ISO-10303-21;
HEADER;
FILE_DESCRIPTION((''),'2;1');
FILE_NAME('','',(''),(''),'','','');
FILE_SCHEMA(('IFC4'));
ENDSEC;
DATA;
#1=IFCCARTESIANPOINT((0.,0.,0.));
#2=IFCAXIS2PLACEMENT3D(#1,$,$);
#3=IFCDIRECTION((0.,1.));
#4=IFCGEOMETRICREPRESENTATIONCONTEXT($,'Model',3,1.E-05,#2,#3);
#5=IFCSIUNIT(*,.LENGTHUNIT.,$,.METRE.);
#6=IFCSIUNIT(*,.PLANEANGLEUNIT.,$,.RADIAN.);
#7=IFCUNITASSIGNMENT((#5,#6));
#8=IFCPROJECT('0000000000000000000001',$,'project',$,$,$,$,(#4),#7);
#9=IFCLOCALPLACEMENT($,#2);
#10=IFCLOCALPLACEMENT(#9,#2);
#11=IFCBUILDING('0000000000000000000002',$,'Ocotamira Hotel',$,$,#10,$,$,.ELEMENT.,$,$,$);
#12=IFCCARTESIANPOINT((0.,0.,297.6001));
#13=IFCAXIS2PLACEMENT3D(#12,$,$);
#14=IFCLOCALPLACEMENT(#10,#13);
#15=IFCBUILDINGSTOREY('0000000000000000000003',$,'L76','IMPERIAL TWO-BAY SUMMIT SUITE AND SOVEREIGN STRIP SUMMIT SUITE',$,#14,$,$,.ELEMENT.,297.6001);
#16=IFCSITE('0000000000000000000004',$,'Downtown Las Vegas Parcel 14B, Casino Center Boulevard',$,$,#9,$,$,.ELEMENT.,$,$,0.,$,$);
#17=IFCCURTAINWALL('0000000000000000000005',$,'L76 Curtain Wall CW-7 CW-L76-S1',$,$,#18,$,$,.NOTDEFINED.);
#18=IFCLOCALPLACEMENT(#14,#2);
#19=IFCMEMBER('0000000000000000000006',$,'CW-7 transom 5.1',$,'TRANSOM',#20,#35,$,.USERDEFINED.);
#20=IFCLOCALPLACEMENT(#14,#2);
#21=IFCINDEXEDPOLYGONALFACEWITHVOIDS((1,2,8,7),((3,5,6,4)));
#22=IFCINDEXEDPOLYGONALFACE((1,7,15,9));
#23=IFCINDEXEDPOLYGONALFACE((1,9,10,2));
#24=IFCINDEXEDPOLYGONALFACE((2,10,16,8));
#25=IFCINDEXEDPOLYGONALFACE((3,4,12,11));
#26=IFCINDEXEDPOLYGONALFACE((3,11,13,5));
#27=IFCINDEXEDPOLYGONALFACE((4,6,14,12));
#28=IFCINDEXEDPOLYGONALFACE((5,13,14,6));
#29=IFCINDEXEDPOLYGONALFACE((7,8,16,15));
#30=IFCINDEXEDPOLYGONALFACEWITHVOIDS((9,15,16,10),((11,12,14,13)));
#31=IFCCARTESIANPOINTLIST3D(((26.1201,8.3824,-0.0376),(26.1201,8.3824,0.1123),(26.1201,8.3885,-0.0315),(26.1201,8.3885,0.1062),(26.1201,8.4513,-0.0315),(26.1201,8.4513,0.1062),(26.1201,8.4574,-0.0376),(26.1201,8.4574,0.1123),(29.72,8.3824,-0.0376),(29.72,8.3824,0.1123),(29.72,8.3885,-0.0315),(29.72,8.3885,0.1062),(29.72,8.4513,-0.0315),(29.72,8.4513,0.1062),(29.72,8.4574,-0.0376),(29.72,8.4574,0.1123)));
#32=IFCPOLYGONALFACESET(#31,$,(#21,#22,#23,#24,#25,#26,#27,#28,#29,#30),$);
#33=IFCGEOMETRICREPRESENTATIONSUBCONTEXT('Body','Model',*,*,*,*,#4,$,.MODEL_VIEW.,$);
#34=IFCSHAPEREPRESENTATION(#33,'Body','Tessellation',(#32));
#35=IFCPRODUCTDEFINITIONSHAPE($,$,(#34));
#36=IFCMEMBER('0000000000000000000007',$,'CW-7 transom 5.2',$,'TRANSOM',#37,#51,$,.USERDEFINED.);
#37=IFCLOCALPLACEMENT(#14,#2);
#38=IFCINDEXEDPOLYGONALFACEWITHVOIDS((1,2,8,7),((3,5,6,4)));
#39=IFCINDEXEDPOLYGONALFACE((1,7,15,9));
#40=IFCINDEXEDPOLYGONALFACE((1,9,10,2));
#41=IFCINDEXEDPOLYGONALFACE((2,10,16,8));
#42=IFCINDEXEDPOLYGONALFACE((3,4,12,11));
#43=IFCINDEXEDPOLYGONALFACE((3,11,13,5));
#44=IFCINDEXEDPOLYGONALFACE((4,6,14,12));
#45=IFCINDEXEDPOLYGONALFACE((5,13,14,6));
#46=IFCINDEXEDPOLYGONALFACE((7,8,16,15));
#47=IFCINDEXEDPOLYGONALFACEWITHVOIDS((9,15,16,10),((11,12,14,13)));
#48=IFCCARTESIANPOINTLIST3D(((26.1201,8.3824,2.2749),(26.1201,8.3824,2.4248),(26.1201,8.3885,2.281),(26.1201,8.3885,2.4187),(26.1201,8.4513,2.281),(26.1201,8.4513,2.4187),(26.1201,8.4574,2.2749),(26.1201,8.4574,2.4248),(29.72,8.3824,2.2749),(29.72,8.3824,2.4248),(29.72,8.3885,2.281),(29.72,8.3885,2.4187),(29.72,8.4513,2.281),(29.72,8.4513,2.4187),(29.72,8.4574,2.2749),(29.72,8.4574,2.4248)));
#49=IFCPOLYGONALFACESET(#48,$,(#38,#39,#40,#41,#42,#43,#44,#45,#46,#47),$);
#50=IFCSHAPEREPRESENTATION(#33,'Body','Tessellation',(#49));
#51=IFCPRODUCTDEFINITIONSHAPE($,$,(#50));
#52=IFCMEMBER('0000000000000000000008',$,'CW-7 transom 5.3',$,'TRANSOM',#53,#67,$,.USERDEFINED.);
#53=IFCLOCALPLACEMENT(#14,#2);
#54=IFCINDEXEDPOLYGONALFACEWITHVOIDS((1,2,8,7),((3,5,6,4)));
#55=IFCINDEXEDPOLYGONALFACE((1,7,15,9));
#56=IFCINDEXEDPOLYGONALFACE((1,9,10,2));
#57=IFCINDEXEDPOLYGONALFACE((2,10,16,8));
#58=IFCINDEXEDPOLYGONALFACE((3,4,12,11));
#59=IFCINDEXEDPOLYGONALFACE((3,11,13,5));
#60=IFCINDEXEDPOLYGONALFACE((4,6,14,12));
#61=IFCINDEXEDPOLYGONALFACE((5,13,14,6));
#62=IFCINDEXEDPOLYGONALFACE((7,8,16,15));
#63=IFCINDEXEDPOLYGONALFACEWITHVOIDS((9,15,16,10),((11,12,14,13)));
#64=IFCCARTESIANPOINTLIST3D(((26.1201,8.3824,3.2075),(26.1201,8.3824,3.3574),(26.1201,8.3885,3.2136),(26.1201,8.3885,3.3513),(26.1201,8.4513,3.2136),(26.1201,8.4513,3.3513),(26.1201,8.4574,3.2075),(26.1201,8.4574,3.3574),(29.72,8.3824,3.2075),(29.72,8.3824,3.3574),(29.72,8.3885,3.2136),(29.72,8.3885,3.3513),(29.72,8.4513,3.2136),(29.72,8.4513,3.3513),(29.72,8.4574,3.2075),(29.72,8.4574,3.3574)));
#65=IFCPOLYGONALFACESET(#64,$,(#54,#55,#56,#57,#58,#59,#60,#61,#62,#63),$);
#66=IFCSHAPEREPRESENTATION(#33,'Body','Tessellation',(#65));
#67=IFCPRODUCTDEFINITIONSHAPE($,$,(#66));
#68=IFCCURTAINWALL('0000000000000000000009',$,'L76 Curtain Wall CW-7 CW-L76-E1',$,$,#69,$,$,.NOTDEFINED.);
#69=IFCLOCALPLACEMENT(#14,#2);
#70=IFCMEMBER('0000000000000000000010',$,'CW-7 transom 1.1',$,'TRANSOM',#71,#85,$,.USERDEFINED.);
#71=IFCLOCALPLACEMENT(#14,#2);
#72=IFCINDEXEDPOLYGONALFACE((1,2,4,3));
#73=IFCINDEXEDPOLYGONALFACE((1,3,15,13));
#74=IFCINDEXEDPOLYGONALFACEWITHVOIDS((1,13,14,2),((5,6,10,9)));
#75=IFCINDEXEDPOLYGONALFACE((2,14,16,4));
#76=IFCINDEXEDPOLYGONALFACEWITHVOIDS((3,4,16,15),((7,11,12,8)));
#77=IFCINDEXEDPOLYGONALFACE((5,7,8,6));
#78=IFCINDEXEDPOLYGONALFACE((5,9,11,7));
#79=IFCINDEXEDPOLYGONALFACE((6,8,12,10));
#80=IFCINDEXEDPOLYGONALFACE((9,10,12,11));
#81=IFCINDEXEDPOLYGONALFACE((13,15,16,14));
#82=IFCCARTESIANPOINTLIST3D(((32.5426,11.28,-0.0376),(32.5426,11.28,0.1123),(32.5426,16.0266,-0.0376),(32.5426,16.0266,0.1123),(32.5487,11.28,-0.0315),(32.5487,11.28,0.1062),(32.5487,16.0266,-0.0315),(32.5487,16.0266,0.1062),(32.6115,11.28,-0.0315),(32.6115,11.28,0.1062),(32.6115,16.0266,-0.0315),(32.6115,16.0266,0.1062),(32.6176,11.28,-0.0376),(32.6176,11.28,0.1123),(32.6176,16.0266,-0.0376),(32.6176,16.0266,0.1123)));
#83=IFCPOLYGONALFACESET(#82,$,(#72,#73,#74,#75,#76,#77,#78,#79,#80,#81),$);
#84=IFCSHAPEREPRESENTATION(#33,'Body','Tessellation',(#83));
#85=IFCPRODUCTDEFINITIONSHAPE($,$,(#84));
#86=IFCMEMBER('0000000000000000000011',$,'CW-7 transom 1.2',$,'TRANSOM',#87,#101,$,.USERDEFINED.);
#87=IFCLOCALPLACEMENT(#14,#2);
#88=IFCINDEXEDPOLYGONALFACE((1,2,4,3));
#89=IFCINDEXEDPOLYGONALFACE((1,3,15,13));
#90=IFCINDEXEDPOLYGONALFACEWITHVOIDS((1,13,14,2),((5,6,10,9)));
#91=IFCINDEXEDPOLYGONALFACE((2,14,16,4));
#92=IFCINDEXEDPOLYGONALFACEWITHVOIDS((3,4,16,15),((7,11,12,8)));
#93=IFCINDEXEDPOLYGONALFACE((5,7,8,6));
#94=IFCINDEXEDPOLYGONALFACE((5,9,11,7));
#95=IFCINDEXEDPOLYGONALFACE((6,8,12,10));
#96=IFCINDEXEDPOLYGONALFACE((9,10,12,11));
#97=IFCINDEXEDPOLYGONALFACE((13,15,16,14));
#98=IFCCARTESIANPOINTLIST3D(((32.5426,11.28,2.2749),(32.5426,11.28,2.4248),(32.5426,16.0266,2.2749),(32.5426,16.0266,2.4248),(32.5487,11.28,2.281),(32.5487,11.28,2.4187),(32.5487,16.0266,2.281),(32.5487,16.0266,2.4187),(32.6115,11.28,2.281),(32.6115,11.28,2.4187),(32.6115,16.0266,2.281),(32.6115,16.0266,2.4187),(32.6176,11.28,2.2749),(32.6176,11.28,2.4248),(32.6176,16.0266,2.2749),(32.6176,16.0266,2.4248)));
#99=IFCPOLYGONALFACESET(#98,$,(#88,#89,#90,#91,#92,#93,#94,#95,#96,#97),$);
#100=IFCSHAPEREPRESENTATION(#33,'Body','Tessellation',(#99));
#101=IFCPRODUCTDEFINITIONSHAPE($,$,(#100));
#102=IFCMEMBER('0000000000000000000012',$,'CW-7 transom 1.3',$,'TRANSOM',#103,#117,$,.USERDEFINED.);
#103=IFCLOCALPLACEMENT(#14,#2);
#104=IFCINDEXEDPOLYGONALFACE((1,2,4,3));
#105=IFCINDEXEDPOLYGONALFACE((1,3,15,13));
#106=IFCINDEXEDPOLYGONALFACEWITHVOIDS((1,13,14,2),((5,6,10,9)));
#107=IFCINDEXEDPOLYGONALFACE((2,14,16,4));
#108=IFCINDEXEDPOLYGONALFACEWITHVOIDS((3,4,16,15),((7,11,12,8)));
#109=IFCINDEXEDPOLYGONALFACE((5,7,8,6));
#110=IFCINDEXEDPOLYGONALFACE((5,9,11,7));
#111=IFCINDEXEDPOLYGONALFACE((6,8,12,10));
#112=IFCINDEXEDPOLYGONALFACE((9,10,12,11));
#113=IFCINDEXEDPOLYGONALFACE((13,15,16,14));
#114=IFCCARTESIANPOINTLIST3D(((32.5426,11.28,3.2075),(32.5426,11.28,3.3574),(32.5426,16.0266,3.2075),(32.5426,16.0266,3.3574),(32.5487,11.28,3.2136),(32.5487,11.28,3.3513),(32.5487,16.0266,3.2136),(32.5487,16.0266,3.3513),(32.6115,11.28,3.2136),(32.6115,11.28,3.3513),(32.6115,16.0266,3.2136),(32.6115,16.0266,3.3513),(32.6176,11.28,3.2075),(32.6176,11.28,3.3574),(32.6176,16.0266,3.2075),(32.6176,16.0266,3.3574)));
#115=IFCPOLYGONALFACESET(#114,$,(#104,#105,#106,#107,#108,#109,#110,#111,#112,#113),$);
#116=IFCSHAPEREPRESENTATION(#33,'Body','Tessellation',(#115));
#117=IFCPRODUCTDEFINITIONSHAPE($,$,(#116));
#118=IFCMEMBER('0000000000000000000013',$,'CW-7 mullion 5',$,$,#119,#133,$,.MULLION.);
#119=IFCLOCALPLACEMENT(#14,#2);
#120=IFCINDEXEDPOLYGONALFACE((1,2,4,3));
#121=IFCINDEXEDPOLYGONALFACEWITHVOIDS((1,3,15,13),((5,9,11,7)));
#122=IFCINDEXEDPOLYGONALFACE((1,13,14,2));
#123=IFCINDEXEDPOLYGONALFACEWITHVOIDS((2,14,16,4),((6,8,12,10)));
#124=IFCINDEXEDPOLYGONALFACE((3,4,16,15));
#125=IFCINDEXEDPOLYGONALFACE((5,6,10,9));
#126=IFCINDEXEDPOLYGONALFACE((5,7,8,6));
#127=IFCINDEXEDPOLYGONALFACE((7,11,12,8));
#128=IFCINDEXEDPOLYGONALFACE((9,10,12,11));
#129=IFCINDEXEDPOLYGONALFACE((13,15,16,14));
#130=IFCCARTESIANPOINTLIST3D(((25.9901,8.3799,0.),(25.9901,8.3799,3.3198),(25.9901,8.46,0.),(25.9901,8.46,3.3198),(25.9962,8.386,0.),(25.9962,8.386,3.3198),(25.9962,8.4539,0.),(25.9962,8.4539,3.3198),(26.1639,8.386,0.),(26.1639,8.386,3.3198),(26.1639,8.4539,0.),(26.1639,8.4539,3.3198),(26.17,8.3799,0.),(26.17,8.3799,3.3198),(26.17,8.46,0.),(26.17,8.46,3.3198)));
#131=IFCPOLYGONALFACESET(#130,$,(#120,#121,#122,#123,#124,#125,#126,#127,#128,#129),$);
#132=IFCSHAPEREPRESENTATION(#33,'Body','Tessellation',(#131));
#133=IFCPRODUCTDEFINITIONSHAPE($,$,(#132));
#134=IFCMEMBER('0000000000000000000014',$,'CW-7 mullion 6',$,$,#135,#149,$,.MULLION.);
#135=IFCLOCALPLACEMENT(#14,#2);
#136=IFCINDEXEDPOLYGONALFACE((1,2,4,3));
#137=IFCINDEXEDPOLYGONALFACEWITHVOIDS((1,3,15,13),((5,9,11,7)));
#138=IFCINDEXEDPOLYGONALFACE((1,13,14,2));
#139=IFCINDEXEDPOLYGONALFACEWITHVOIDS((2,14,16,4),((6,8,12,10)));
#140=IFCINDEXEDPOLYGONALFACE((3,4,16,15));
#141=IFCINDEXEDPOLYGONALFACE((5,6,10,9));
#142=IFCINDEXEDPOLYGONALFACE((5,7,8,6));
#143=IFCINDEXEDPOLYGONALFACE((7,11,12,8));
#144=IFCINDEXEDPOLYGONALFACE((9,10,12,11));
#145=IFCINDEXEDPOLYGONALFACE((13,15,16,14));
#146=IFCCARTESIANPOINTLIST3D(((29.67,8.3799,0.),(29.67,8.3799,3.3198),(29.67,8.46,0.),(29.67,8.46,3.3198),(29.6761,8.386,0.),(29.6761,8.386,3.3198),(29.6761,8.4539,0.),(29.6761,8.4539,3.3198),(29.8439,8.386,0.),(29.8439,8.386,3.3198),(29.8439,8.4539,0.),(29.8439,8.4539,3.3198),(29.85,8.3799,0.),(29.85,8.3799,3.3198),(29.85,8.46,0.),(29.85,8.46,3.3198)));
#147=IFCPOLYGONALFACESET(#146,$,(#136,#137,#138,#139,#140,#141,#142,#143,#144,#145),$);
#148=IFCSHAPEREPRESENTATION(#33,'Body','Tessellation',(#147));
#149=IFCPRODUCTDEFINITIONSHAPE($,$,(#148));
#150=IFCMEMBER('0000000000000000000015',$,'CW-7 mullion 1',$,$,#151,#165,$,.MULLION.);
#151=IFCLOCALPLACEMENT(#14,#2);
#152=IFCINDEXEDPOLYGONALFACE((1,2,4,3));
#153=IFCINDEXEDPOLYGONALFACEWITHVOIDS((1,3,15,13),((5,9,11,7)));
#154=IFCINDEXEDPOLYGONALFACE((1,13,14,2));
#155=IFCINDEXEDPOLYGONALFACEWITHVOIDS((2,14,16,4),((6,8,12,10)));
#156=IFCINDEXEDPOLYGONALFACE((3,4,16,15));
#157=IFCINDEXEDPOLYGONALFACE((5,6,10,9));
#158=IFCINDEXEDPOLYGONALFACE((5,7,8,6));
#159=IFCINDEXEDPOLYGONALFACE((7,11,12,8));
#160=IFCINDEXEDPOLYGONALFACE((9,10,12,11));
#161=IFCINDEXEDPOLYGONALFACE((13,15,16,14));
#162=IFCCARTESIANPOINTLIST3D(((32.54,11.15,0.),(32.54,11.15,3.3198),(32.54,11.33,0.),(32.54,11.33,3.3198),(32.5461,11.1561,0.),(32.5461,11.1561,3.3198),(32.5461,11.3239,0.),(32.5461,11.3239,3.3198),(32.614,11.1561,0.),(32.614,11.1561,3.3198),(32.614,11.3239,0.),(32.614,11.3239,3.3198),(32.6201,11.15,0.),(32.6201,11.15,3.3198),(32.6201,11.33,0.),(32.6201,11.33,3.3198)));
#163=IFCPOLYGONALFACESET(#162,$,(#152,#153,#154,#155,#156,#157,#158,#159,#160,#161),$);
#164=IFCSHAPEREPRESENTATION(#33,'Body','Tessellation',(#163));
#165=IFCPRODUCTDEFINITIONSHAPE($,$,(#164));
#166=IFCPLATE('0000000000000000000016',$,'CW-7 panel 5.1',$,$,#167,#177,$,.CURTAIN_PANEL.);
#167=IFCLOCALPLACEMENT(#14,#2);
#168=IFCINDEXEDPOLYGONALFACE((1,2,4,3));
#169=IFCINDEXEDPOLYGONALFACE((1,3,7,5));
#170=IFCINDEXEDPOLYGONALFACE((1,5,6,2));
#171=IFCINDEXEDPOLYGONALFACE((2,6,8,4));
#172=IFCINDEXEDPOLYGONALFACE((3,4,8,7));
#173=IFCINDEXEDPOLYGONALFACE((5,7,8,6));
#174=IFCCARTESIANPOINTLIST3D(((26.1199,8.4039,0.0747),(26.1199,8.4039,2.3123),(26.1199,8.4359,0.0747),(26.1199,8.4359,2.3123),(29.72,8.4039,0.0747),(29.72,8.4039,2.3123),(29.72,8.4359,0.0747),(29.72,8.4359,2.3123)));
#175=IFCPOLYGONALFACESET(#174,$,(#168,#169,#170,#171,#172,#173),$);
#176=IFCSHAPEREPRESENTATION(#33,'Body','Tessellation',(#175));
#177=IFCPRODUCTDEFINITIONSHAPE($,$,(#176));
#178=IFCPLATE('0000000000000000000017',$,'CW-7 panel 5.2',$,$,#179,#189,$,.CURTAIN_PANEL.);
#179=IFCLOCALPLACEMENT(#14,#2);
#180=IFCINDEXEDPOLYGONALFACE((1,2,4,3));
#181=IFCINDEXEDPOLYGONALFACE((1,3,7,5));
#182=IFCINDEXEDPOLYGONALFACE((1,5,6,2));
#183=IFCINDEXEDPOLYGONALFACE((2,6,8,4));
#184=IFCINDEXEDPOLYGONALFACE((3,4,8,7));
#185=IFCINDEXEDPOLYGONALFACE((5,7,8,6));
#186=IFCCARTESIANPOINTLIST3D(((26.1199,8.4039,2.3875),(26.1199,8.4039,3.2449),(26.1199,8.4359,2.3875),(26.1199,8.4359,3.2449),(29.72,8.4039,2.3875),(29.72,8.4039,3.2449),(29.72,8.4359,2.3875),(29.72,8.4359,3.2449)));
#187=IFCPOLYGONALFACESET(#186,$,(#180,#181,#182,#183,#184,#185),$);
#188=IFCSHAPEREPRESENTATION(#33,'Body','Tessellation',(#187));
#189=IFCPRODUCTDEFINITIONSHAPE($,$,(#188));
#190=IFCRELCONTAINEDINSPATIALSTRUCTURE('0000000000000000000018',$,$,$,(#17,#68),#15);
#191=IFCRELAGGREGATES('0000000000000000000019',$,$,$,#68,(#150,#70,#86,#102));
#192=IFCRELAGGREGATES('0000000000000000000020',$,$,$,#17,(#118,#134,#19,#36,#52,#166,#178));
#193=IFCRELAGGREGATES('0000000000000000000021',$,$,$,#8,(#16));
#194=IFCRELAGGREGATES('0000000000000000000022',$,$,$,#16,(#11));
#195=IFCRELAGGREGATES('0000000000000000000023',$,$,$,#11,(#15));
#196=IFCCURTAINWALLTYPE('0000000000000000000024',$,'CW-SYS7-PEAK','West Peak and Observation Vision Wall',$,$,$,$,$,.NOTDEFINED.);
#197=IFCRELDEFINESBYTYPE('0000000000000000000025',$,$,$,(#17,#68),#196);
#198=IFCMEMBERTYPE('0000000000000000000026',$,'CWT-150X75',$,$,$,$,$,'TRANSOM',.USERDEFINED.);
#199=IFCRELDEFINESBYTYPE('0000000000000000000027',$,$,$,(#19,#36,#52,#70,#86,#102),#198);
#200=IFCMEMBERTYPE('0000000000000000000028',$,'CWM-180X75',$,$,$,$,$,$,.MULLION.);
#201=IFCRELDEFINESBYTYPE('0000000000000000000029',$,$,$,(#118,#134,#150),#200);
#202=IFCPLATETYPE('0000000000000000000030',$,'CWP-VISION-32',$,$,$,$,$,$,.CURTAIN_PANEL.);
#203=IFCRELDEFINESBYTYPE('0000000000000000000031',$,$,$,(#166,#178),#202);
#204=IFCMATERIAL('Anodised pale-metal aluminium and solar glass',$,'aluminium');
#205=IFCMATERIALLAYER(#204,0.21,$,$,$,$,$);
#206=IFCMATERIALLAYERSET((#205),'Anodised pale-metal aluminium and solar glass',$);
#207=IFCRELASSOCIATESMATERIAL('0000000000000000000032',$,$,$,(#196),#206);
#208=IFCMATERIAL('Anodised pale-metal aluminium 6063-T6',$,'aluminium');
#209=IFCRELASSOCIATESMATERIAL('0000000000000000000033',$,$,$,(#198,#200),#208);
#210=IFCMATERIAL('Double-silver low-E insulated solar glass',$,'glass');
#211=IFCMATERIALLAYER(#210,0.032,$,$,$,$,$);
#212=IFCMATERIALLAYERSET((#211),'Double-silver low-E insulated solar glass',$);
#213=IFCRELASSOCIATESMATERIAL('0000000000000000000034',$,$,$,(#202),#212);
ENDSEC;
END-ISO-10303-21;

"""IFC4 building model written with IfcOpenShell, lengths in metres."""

from ifc_helpers import new_model, si_unit, direction, frame, origin, origin_2d, place, context, subcontext, project, spatial, rectangle, hollow_rectangle, extrude, source, transform, mapped, material, layer, layer_set, material_profile, profile_set, type_object, element, aggregate, save


model = new_model("IFC4")

# Units and contexts
model_context = context("Model", 3, precision=1e-05, world=origin(), true_north=direction((0.0, 1.0)))
body_context = subcontext(model_context, "Body", "Model", "MODEL_VIEW")
ifc_project = project(units=[si_unit("LENGTHUNIT", "METRE"), si_unit("PLANEANGLEUNIT", "RADIAN")], contexts=[model_context])

# Site, building, storey
site_placement = place(None, origin())
site = spatial("IfcSite", under=ifc_project, at=site_placement, Name="Downtown Las Vegas Parcel 14B, Casino Center Boulevard", CompositionType="ELEMENT", RefElevation=0.0)
building_placement = place(site_placement, origin())
building = spatial("IfcBuilding", under=site, at=building_placement, Name="Ocotamira Hotel", CompositionType="ELEMENT")
storey_placement = place(building_placement, frame((0.0, 0.0, 297.6001)))
storey = spatial("IfcBuildingStorey", under=building, at=storey_placement, Name="L76", Description="IMPERIAL TWO-BAY SUMMIT SUITE AND SOVEREIGN STRIP SUMMIT SUITE", CompositionType="ELEMENT", Elevation=297.6001)

# Curtain walls, members
ifc_material_1 = material(Name="Anodised pale-metal aluminium and solar glass", Category="aluminium")
ifc_layer_1 = layer(ifc_material_1, 0.21)
ifc_layer_set_1 = layer_set([ifc_layer_1], Name="Anodised pale-metal aluminium and solar glass")
curtain_wall_type = type_object("IfcCurtainWallType", Name="CW-SYS7-PEAK", Description="West Peak and Observation Vision Wall", PredefinedType="NOTDEFINED", material=ifc_layer_set_1)
curtain_wall_1_placement = place(storey_placement, origin())
curtain_wall_1 = element("IfcCurtainWall", 1, at=curtain_wall_1_placement, inside=storey, type_object=curtain_wall_type, Name="L76 Curtain Wall CW-7 CW-L76-S1", PredefinedType="NOTDEFINED")
ifc_material_2 = material(Name="Anodised pale-metal aluminium 6063-T6", Category="aluminium")
ifc_material_profile_1 = material_profile(ifc_material_2, hollow_rectangle(XDim=0.075, YDim=0.1499, WallThickness=0.0061, at=origin_2d()), Name="HSS150X75X6")
ifc_profile_set_1 = profile_set([ifc_material_profile_1], Name="Anodised pale-metal aluminium 6063-T6")
member_type_1 = type_object("IfcMemberType", Name="CWT-150X75", ElementType="TRANSOM", PredefinedType="USERDEFINED", material=ifc_profile_set_1)
shared_shape_1 = source(origin(), body_context, "Body", "SweptSolid", [
    extrude(hollow_rectangle(XDim=0.075, YDim=0.1499, WallThickness=0.0061, at=origin_2d()), origin(), (0.0, 0.0, 1.0), 3.5999),
])
member_1_placement = place(storey_placement, frame((26.1201, 8.4199, 0.0374), z_axis=(1.0, 0.0, 0.0), x_axis=(0.0, 1.0, 0.0)))
member_1 = element("IfcMember", 2, at=member_1_placement, type_object=member_type_1, Name="CW-7 transom 5.1", ObjectType="TRANSOM", PredefinedType="USERDEFINED", context=body_context, shape_type="MappedRepresentation", body=[
    mapped(shared_shape_1, transform((0.0, 0.0, 0.0), scale=1.0)),
])
member_2_placement = place(storey_placement, frame((26.1201, 8.4199, 2.3499), z_axis=(1.0, 0.0, 0.0), x_axis=(0.0, 1.0, 0.0)))
member_2 = element("IfcMember", 3, at=member_2_placement, type_object=member_type_1, Name="CW-7 transom 5.2", ObjectType="TRANSOM", PredefinedType="USERDEFINED", context=body_context, shape_type="MappedRepresentation", body=[
    mapped(shared_shape_1, transform((0.0, 0.0, 0.0), scale=1.0)),
])
member_3_placement = place(storey_placement, frame((26.1201, 8.4199, 3.2825), z_axis=(1.0, 0.0, 0.0), x_axis=(0.0, 1.0, 0.0)))
member_3 = element("IfcMember", 4, at=member_3_placement, type_object=member_type_1, Name="CW-7 transom 5.3", ObjectType="TRANSOM", PredefinedType="USERDEFINED", context=body_context, shape_type="MappedRepresentation", body=[
    mapped(shared_shape_1, transform((0.0, 0.0, 0.0), scale=1.0)),
])
curtain_wall_2_placement = place(storey_placement, origin())
curtain_wall_2 = element("IfcCurtainWall", 5, at=curtain_wall_2_placement, inside=storey, type_object=curtain_wall_type, Name="L76 Curtain Wall CW-7 CW-L76-E1", PredefinedType="NOTDEFINED")
shared_shape_2 = source(origin(), body_context, "Body", "SweptSolid", [
    extrude(hollow_rectangle(XDim=0.075, YDim=0.1499, WallThickness=0.0061, at=origin_2d()), origin(), (0.0, 0.0, 1.0), 4.7466),
])
member_4_placement = place(storey_placement, frame((32.5801, 11.28, 0.0374), z_axis=(0.0, 1.0, 0.0), x_axis=(-1.0, 0.0, 0.0)))
member_4 = element("IfcMember", 6, at=member_4_placement, type_object=member_type_1, Name="CW-7 transom 1.1", ObjectType="TRANSOM", PredefinedType="USERDEFINED", context=body_context, shape_type="MappedRepresentation", body=[
    mapped(shared_shape_2, transform((0.0, 0.0, 0.0), scale=1.0)),
])
member_5_placement = place(storey_placement, frame((32.5801, 11.28, 2.3499), z_axis=(0.0, 1.0, 0.0), x_axis=(-1.0, 0.0, 0.0)))
member_5 = element("IfcMember", 7, at=member_5_placement, type_object=member_type_1, Name="CW-7 transom 1.2", ObjectType="TRANSOM", PredefinedType="USERDEFINED", context=body_context, shape_type="MappedRepresentation", body=[
    mapped(shared_shape_2, transform((0.0, 0.0, 0.0), scale=1.0)),
])
member_6_placement = place(storey_placement, frame((32.5801, 11.28, 3.2825), z_axis=(0.0, 1.0, 0.0), x_axis=(-1.0, 0.0, 0.0)))
member_6 = element("IfcMember", 8, at=member_6_placement, type_object=member_type_1, Name="CW-7 transom 1.3", ObjectType="TRANSOM", PredefinedType="USERDEFINED", context=body_context, shape_type="MappedRepresentation", body=[
    mapped(shared_shape_2, transform((0.0, 0.0, 0.0), scale=1.0)),
])

# Members
ifc_material_profile_2 = material_profile(ifc_material_2, hollow_rectangle(XDim=0.0801, YDim=0.1799, WallThickness=0.0061, at=origin_2d()), Name="HSS180X80X6")
ifc_profile_set_2 = profile_set([ifc_material_profile_2], Name="Anodised pale-metal aluminium 6063-T6")
member_type_2 = type_object("IfcMemberType", Name="CWM-180X75", PredefinedType="MULLION", material=ifc_profile_set_2)
shared_shape_3 = source(origin(), body_context, "Body", "SweptSolid", [
    extrude(hollow_rectangle(XDim=0.0801, YDim=0.1799, WallThickness=0.0061, at=origin_2d()), origin(), (0.0, 0.0, 1.0), 3.3198),
])
member_7_placement = place(storey_placement, frame((26.0801, 8.4199, 0.0), z_axis=(0.0, 0.0, 1.0), x_axis=(0.0, 1.0, 0.0)))
member_7 = element("IfcMember", 9, at=member_7_placement, type_object=member_type_2, Name="CW-7 mullion 5", PredefinedType="MULLION", context=body_context, shape_type="MappedRepresentation", body=[
    mapped(shared_shape_3, transform((0.0, 0.0, 0.0), scale=1.0)),
])
member_8_placement = place(storey_placement, frame((29.76, 8.4199, 0.0), z_axis=(0.0, 0.0, 1.0), x_axis=(0.0, 1.0, 0.0)))
member_8 = element("IfcMember", 10, at=member_8_placement, type_object=member_type_2, Name="CW-7 mullion 6", PredefinedType="MULLION", context=body_context, shape_type="MappedRepresentation", body=[
    mapped(shared_shape_3, transform((0.0, 0.0, 0.0), scale=1.0)),
])
member_9_placement = place(storey_placement, frame((32.5801, 11.24, 0.0), z_axis=(0.0, 0.0, 1.0), x_axis=(-1.0, 0.0, 0.0)))
member_9 = element("IfcMember", 11, at=member_9_placement, type_object=member_type_2, Name="CW-7 mullion 1", PredefinedType="MULLION", context=body_context, shape_type="MappedRepresentation", body=[
    mapped(shared_shape_3, transform((0.0, 0.0, 0.0), scale=1.0)),
])
aggregate(curtain_wall_2, [member_9, member_4, member_5, member_6])

# Plates
ifc_material_3 = material(Name="Double-silver low-E insulated solar glass", Category="glass")
ifc_layer_2 = layer(ifc_material_3, 0.032)
ifc_layer_set_2 = layer_set([ifc_layer_2], Name="Double-silver low-E insulated solar glass")
plate_type = type_object("IfcPlateType", Name="CWP-VISION-32", PredefinedType="CURTAIN_PANEL", material=ifc_layer_set_2)
shared_shape_4 = source(origin(), body_context, "Body", "SweptSolid", [
    extrude(rectangle(XDim=3.6001, YDim=0.032, at=origin_2d()), origin(), (0.0, 0.0, 1.0), 2.2375),
])
plate_1_placement = place(storey_placement, frame((27.9199, 8.4199, 0.0747), z_axis=(0.0, 0.0, 1.0), x_axis=(1.0, 0.0, 0.0)))
plate_1 = element("IfcPlate", 12, at=plate_1_placement, type_object=plate_type, Name="CW-7 panel 5.1", PredefinedType="CURTAIN_PANEL", context=body_context, shape_type="MappedRepresentation", body=[
    mapped(shared_shape_4, transform((0.0, 0.0, 0.0), scale=1.0)),
])
shared_shape_5 = source(origin(), body_context, "Body", "SweptSolid", [
    extrude(rectangle(XDim=3.6001, YDim=0.032, at=origin_2d()), origin(), (0.0, 0.0, 1.0), 0.8574),
])
plate_2_placement = place(storey_placement, frame((27.9199, 8.4199, 2.3875), z_axis=(0.0, 0.0, 1.0), x_axis=(1.0, 0.0, 0.0)))
plate_2 = element("IfcPlate", 13, at=plate_2_placement, type_object=plate_type, Name="CW-7 panel 5.2", PredefinedType="CURTAIN_PANEL", context=body_context, shape_type="MappedRepresentation", body=[
    mapped(shared_shape_5, transform((0.0, 0.0, 0.0), scale=1.0)),
])
aggregate(curtain_wall_1, [member_7, member_8, member_1, member_2, member_3, plate_1, plate_2])

save(model, "model.ifc")
